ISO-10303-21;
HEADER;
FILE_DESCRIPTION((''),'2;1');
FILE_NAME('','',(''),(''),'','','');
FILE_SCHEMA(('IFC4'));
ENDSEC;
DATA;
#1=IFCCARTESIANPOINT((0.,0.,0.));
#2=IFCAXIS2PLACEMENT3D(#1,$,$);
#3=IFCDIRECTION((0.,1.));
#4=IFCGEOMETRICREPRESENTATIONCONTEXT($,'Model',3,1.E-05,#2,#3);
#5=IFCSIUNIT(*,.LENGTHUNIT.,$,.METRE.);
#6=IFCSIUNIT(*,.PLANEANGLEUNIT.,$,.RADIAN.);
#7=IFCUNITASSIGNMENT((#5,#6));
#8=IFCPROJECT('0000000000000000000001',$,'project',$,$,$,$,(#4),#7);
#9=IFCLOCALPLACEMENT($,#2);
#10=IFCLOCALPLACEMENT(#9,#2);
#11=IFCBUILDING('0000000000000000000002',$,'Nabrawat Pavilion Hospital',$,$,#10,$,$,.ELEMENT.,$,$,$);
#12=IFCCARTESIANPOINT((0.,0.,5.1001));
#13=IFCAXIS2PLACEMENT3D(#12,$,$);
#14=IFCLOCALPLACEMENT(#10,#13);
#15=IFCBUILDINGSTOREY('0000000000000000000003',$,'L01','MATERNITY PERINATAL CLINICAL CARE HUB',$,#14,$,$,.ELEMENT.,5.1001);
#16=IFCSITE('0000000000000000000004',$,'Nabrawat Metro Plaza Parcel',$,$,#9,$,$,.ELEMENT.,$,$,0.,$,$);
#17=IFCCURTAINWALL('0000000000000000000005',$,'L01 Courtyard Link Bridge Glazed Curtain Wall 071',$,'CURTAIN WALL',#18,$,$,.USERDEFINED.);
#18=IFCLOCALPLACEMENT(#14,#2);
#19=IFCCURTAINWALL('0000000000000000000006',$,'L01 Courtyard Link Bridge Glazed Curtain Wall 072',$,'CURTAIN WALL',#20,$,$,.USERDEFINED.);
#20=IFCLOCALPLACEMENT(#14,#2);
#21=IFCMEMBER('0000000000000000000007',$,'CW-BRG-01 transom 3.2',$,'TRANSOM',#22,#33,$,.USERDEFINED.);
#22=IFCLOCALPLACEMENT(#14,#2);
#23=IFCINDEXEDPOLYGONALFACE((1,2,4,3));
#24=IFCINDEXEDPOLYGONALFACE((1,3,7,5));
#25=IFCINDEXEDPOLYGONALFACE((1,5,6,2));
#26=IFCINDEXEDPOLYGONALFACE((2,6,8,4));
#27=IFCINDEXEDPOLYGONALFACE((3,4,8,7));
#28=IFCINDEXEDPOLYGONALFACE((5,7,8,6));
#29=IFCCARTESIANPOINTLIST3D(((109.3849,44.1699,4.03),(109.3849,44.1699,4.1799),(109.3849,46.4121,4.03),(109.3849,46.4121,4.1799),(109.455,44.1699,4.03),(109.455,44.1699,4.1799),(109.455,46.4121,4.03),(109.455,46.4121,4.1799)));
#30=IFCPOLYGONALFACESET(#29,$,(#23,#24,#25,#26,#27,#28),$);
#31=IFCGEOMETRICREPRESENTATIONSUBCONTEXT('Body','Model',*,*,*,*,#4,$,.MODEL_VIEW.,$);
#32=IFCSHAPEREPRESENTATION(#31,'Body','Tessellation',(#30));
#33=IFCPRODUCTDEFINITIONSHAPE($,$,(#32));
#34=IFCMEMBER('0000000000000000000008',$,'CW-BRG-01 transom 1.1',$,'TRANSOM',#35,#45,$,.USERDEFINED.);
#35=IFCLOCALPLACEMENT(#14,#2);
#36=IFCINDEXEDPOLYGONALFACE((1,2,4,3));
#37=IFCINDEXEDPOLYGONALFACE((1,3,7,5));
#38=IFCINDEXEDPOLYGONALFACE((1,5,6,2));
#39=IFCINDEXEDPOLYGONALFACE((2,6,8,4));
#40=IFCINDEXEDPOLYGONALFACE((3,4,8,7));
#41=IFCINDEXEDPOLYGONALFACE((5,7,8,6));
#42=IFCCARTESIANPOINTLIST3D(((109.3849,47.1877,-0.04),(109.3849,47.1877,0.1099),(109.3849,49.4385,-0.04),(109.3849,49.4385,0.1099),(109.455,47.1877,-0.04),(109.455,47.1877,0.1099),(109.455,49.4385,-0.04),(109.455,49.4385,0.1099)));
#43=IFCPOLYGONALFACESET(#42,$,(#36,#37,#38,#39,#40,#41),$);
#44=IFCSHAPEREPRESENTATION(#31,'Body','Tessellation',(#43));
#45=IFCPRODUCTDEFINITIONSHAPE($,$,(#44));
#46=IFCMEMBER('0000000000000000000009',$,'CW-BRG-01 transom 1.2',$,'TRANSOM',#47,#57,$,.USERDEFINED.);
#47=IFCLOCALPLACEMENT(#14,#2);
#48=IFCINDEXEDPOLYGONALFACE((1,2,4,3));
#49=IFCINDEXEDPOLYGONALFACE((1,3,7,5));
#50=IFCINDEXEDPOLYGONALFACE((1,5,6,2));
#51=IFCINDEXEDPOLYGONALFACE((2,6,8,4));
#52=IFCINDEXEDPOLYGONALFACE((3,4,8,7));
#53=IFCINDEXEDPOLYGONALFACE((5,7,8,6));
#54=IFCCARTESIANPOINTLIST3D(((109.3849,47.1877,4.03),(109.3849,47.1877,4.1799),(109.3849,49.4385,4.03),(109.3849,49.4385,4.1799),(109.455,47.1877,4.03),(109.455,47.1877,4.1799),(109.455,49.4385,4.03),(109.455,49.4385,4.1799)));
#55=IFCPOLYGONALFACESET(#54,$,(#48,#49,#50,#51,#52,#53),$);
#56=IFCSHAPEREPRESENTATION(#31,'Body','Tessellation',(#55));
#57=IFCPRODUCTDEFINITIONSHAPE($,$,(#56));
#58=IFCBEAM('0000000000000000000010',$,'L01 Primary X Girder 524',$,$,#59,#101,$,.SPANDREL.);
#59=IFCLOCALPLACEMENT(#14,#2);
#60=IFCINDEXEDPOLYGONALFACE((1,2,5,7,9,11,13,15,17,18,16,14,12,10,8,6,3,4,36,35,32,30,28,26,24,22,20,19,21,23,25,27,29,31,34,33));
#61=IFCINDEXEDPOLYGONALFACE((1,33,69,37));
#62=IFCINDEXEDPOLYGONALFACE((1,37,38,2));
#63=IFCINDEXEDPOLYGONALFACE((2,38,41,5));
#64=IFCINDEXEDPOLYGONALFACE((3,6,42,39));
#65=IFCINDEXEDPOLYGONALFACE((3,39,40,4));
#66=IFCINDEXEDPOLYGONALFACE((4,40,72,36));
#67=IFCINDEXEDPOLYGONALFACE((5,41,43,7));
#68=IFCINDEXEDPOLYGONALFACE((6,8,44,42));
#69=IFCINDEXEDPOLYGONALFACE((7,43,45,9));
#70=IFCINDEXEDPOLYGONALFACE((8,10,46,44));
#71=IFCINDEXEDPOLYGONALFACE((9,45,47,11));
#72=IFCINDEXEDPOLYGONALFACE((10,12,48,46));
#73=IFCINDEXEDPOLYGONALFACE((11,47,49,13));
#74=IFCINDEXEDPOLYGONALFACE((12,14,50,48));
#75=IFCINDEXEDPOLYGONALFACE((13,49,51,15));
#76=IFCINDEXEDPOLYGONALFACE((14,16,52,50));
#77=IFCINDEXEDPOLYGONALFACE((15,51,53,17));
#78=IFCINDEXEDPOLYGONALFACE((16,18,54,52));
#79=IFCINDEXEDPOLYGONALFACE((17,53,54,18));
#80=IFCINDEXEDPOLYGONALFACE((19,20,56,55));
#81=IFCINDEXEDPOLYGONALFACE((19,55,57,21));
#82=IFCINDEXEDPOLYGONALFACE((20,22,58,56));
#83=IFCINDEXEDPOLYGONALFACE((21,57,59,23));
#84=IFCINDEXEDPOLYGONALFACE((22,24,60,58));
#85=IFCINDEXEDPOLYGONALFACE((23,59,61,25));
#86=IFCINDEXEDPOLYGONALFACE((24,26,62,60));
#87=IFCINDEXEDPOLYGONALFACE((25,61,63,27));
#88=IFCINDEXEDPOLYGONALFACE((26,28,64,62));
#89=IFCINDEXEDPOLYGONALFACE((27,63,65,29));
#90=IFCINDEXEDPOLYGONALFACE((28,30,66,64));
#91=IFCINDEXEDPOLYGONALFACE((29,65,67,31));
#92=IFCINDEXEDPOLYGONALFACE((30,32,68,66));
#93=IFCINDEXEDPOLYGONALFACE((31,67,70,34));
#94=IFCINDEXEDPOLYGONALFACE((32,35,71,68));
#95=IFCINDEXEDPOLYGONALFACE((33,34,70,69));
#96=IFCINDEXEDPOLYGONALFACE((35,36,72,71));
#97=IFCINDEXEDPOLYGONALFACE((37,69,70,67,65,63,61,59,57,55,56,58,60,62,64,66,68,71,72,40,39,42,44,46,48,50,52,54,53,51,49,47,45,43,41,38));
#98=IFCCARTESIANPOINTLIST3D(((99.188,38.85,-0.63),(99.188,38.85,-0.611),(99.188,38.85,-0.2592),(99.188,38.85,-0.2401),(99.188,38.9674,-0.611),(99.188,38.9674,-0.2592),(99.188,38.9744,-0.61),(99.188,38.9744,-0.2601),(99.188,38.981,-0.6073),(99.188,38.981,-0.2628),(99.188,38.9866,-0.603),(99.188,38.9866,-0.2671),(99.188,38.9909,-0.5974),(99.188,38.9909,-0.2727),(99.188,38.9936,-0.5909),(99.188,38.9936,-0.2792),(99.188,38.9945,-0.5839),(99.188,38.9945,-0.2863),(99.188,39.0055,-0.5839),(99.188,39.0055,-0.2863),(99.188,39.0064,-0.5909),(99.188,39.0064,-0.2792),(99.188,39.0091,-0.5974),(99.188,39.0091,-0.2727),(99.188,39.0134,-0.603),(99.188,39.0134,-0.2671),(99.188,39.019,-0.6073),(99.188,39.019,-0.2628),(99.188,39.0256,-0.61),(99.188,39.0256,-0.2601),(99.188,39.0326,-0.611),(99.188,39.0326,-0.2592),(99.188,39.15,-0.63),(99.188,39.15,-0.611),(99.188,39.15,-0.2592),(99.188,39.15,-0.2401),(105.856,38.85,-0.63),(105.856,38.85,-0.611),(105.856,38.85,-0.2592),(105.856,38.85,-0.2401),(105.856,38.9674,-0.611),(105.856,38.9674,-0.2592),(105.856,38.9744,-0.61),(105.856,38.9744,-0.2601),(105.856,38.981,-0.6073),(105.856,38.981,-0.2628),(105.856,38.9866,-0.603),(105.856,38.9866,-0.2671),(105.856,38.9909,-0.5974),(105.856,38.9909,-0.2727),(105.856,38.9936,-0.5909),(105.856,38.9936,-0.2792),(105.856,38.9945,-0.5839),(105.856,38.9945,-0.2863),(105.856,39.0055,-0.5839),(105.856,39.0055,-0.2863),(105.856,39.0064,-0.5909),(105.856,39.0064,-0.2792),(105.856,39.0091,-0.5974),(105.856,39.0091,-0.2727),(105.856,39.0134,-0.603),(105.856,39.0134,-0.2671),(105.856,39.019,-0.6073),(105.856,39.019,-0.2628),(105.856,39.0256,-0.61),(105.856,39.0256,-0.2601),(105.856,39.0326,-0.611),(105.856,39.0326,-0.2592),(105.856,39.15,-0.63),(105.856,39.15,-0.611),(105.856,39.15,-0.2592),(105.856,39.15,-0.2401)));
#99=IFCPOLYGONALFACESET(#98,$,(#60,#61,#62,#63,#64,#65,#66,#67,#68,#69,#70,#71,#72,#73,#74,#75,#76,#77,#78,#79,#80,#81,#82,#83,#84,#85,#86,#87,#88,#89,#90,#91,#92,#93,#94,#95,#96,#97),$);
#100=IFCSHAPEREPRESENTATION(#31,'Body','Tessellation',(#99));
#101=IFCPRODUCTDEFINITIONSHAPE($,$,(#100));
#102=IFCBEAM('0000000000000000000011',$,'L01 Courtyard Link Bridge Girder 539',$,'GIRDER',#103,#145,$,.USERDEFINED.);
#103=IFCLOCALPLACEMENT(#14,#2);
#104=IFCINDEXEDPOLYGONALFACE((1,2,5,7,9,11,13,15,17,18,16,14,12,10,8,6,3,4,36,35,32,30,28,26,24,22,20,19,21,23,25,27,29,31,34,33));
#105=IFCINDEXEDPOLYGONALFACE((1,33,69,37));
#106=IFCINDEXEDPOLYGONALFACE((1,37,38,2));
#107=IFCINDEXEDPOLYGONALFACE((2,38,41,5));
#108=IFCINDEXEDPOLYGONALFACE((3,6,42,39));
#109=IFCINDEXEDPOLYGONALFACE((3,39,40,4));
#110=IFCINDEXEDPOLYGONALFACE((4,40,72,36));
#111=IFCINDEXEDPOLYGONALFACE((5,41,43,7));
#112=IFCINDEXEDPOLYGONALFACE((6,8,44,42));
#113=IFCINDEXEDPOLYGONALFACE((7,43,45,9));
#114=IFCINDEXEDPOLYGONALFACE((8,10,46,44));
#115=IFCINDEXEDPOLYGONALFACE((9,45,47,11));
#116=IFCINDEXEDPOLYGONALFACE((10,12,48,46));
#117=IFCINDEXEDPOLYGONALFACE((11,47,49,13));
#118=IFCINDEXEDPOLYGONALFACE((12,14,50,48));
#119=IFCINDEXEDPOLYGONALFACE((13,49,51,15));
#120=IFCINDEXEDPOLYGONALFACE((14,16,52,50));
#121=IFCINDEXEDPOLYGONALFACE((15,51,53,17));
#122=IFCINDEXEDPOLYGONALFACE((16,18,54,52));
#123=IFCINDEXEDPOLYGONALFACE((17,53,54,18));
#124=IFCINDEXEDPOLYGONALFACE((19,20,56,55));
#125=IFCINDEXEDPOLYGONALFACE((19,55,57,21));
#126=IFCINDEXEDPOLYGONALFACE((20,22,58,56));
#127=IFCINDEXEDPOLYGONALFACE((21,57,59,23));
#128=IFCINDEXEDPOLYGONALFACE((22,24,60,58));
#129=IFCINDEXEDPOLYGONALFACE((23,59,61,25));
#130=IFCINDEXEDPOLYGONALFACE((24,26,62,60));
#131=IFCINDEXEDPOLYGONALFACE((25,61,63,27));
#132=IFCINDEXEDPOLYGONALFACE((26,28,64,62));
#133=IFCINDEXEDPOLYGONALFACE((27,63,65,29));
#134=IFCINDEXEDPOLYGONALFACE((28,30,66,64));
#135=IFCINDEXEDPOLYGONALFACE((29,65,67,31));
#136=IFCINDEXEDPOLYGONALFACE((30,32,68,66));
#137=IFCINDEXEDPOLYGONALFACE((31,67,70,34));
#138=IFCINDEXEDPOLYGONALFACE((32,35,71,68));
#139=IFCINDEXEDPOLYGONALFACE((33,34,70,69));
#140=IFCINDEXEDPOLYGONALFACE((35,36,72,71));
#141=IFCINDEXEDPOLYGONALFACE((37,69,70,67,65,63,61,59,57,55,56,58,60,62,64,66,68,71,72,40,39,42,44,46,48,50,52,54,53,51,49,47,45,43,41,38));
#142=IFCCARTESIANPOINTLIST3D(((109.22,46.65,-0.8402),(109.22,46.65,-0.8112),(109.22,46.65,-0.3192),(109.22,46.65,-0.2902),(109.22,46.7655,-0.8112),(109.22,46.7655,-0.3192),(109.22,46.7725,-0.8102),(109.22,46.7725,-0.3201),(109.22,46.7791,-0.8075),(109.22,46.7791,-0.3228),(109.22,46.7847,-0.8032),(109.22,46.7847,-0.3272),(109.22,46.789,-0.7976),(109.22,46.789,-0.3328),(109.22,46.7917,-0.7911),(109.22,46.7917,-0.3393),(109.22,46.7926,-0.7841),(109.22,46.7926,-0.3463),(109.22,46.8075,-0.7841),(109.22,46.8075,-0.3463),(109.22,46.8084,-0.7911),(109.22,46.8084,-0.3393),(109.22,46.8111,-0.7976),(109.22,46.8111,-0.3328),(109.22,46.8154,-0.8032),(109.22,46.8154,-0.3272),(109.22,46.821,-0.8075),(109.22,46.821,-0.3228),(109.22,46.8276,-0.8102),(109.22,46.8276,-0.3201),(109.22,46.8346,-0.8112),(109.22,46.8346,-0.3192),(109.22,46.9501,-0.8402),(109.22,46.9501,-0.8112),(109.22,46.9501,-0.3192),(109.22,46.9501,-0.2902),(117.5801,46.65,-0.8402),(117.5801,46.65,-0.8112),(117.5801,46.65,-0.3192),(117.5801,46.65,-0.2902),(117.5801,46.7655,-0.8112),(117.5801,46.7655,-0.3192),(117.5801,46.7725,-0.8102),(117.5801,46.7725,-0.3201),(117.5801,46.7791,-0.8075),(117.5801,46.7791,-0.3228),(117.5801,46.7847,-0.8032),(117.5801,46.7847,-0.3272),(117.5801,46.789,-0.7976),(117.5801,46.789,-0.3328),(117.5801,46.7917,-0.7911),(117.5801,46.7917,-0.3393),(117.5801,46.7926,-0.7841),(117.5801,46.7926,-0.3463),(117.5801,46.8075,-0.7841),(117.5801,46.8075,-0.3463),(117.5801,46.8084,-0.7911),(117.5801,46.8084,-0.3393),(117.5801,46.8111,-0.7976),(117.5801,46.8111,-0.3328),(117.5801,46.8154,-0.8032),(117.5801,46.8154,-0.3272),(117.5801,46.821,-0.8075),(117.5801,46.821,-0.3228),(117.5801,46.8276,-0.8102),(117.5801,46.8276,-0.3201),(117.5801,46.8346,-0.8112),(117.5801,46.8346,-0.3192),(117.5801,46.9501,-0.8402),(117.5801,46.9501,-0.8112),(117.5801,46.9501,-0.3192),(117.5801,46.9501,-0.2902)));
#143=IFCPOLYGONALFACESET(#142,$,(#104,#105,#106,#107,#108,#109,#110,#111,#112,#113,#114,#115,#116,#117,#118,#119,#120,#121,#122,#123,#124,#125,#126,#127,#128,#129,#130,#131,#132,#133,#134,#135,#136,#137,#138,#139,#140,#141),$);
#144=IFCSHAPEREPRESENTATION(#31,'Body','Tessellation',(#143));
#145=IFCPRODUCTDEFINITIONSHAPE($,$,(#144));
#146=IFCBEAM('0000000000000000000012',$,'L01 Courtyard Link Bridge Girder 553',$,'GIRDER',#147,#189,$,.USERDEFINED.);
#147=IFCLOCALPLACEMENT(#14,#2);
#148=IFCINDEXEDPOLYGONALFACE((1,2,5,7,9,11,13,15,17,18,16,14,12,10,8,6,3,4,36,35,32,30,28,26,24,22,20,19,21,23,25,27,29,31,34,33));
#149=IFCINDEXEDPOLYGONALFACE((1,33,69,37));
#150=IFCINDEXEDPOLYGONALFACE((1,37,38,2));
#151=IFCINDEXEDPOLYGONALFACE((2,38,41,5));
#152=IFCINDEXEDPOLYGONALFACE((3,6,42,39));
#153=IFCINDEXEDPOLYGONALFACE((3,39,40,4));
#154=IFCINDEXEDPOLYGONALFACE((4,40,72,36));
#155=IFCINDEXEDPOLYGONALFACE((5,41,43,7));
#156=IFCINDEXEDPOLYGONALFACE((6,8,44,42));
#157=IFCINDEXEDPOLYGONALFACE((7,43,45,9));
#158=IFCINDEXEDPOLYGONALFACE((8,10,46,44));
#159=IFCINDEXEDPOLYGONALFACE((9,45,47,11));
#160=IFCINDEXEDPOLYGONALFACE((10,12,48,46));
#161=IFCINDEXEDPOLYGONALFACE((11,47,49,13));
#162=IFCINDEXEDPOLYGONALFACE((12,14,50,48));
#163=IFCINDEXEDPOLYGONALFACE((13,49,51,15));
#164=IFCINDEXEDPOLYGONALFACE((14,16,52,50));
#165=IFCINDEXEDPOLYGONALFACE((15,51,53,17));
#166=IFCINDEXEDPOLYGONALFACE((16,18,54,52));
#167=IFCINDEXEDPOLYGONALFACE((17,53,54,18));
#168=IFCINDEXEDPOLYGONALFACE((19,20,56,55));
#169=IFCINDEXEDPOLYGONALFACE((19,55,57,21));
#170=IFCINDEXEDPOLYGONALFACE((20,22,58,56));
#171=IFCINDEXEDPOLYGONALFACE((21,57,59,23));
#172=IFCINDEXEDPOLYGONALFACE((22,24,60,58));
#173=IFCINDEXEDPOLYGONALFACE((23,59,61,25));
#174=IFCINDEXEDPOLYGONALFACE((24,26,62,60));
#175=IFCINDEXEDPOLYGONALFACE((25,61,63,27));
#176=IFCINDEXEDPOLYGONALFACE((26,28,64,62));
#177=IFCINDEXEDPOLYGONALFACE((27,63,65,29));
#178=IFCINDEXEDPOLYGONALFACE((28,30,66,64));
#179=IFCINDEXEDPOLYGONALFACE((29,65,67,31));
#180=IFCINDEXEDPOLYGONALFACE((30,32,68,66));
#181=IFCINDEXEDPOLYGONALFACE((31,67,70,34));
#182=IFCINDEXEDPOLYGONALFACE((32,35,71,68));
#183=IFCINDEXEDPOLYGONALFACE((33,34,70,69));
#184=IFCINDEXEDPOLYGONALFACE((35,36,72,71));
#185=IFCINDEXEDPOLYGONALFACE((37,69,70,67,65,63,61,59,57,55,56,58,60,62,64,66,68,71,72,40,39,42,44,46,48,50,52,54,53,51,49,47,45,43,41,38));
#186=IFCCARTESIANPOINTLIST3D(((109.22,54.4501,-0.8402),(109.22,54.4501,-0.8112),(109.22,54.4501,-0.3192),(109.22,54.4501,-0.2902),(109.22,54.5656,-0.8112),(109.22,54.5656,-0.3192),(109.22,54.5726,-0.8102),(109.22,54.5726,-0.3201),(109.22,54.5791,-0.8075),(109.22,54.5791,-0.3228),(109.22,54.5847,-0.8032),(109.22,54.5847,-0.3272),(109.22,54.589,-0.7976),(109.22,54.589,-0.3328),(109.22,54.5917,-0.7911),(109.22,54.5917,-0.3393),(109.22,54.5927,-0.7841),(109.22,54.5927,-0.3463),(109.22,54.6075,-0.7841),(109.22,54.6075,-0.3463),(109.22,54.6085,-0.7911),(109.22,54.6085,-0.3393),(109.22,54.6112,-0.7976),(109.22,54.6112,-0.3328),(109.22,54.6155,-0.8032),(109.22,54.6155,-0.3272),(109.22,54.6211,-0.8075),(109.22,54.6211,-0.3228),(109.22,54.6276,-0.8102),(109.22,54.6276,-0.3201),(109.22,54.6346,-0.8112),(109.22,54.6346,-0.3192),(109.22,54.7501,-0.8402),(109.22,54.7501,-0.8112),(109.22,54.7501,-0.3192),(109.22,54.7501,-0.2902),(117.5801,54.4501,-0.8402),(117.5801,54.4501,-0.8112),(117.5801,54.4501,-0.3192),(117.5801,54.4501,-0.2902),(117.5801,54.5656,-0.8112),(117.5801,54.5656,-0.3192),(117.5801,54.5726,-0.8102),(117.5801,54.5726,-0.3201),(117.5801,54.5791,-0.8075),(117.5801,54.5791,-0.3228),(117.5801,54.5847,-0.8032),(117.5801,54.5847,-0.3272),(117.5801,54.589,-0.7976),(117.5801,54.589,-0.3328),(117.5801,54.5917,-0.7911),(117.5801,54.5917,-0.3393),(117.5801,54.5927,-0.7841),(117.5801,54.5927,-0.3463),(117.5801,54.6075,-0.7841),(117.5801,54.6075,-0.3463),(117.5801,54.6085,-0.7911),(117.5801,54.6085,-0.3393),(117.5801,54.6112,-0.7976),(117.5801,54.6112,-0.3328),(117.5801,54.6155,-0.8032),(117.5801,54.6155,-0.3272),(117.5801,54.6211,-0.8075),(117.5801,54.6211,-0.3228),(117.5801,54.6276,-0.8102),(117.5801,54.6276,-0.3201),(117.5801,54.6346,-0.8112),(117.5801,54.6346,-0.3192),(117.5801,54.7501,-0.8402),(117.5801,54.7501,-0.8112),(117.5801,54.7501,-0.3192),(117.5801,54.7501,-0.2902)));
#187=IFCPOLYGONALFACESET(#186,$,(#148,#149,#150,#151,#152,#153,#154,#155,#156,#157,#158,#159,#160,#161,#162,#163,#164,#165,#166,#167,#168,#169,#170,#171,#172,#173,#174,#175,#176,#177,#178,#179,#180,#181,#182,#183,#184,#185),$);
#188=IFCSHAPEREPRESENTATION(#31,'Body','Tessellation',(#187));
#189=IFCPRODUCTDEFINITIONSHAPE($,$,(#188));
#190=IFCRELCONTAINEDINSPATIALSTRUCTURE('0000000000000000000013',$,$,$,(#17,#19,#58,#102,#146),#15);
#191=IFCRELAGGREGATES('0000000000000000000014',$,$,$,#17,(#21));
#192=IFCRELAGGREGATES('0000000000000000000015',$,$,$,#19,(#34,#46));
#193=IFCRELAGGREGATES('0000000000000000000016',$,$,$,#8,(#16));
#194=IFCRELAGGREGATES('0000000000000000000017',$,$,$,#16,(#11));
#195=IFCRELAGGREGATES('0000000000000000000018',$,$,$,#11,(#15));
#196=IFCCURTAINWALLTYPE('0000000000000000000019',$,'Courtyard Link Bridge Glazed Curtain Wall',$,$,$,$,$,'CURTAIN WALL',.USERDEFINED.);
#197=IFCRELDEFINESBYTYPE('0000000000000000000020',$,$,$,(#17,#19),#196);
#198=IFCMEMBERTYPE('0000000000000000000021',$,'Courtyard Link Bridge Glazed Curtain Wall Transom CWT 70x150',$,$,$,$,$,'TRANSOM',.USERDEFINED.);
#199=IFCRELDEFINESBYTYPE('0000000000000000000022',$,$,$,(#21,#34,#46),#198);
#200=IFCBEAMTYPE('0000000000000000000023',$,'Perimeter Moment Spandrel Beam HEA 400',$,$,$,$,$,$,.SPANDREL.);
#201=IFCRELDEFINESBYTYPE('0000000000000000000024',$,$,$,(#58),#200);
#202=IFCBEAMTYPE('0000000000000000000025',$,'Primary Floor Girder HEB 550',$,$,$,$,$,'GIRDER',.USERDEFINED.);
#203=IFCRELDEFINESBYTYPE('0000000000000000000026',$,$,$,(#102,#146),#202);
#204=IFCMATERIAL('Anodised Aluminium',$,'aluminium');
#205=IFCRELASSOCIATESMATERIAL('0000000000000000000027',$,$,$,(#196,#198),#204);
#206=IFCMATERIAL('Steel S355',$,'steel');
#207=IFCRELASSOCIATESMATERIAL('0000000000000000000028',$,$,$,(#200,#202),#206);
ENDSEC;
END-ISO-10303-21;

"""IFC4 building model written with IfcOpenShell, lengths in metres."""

from ifc_helpers import new_model, si_unit, direction, frame, origin, origin_2d, place, context, subcontext, project, spatial, rectangle, i_section, extrude, material, material_profile, profile_set, type_object, element, aggregate, save


model = new_model("IFC4")

# Units and contexts
model_context = context("Model", 3, precision=1e-05, world=origin(), true_north=direction((0.0, 1.0)))
body_context = subcontext(model_context, "Body", "Model", "MODEL_VIEW")
ifc_project = project(units=[si_unit("LENGTHUNIT", "METRE"), si_unit("PLANEANGLEUNIT", "RADIAN")], contexts=[model_context])

# Site, building, storey
site_placement = place(None, origin())
site = spatial("IfcSite", under=ifc_project, at=site_placement, Name="Nabrawat Metro Plaza Parcel", CompositionType="ELEMENT", RefElevation=0.0)
building_placement = place(site_placement, origin())
building = spatial("IfcBuilding", under=site, at=building_placement, Name="Nabrawat Pavilion Hospital", CompositionType="ELEMENT")
storey_placement = place(building_placement, frame((0.0, 0.0, 5.1001)))
storey = spatial("IfcBuildingStorey", under=building, at=storey_placement, Name="L01", Description="MATERNITY PERINATAL CLINICAL CARE HUB", CompositionType="ELEMENT", Elevation=5.1001)

# Shared definitions
ifc_material_1 = material(Name="Steel S355", Category="steel")

# Curtain walls
ifc_material_2 = material(Name="Anodised Aluminium", Category="aluminium")
curtain_wall_type = type_object("IfcCurtainWallType", Name="Courtyard Link Bridge Glazed Curtain Wall", ElementType="CURTAIN WALL", PredefinedType="USERDEFINED", material=ifc_material_2)
curtain_wall_1_placement = place(storey_placement, origin())
curtain_wall_1 = element("IfcCurtainWall", 1, at=curtain_wall_1_placement, inside=storey, type_object=curtain_wall_type, Name="L01 Courtyard Link Bridge Glazed Curtain Wall 071", ObjectType="CURTAIN WALL", PredefinedType="USERDEFINED")
curtain_wall_2_placement = place(storey_placement, origin())
curtain_wall_2 = element("IfcCurtainWall", 2, at=curtain_wall_2_placement, inside=storey, type_object=curtain_wall_type, Name="L01 Courtyard Link Bridge Glazed Curtain Wall 072", ObjectType="CURTAIN WALL", PredefinedType="USERDEFINED")

# Members
ifc_material_profile_1 = material_profile(ifc_material_2, rectangle(XDim=0.0701, YDim=0.1499, at=origin_2d()), Name="CWT 70x150")
ifc_profile_set_1 = profile_set([ifc_material_profile_1], Name="Anodised Aluminium")
member_type_1 = type_object("IfcMemberType", Name="Courtyard Link Bridge Glazed Curtain Wall Transom CWT 70x150", ElementType="TRANSOM", PredefinedType="USERDEFINED", material=ifc_profile_set_1)
member_1_placement = place(storey_placement, frame((109.4199, 44.1699, 4.105), z_axis=(0.0, 1.0, 0.0), x_axis=(-1.0, 0.0, 0.0)))
member_1 = element("IfcMember", 3, at=member_1_placement, type_object=member_type_1, Name="CW-BRG-01 transom 3.2", ObjectType="TRANSOM", PredefinedType="USERDEFINED", context=body_context, shape_type="SweptSolid", body=[
    extrude(rectangle(XDim=0.0701, YDim=0.1499, at=origin_2d()), origin(), (0.0, 0.0, 1.0), 2.2422),
])
member_2_placement = place(storey_placement, frame((109.4199, 47.1877, 0.0349), z_axis=(0.0, 1.0, 0.0), x_axis=(-1.0, 0.0, 0.0)))
member_2 = element("IfcMember", 4, at=member_2_placement, type_object=member_type_1, Name="CW-BRG-01 transom 1.1", ObjectType="TRANSOM", PredefinedType="USERDEFINED", context=body_context, shape_type="SweptSolid", body=[
    extrude(rectangle(XDim=0.0701, YDim=0.1499, at=origin_2d()), origin(), (0.0, 0.0, 1.0), 2.2507),
])
member_3_placement = place(storey_placement, frame((109.4199, 47.1877, 4.105), z_axis=(0.0, 1.0, 0.0), x_axis=(-1.0, 0.0, 0.0)))
member_3 = element("IfcMember", 5, at=member_3_placement, type_object=member_type_1, Name="CW-BRG-01 transom 1.2", ObjectType="TRANSOM", PredefinedType="USERDEFINED", context=body_context, shape_type="SweptSolid", body=[
    extrude(rectangle(XDim=0.0701, YDim=0.1499, at=origin_2d()), origin(), (0.0, 0.0, 1.0), 2.2507),
])

# Beams
ifc_material_profile_2 = material_profile(ifc_material_1, i_section(OverallWidth=0.3, OverallDepth=0.3899, WebThickness=0.011, FlangeThickness=0.019, FilletRadius=0.0271, at=origin_2d()), Name="HEA 400")
ifc_profile_set_2 = profile_set([ifc_material_profile_2], Name="Steel S355")
beam_type_1 = type_object("IfcBeamType", Name="Perimeter Moment Spandrel Beam HEA 400", PredefinedType="SPANDREL", material=ifc_profile_set_2)
beam_1_placement = place(storey_placement, frame((99.188, 39.0, -0.4351), z_axis=(1.0, 0.0, 0.0), x_axis=(0.0, 1.0, 0.0)))
element("IfcBeam", 6, at=beam_1_placement, inside=storey, type_object=beam_type_1, Name="L01 Primary X Girder 524", PredefinedType="SPANDREL", context=body_context, shape_type="SweptSolid", body=[
    extrude(i_section(OverallWidth=0.3, OverallDepth=0.3899, WebThickness=0.011, FlangeThickness=0.019, FilletRadius=0.0271, at=origin_2d()), origin(), (0.0, 0.0, 1.0), 6.668),
])
ifc_material_profile_3 = material_profile(ifc_material_1, i_section(OverallWidth=0.3, OverallDepth=0.55, WebThickness=0.0149, FlangeThickness=0.0291, FilletRadius=0.0271, at=origin_2d()), Name="HEB 550")
ifc_profile_set_3 = profile_set([ifc_material_profile_3], Name="Steel S355")
beam_type_2 = type_object("IfcBeamType", Name="Primary Floor Girder HEB 550", ElementType="GIRDER", PredefinedType="USERDEFINED", material=ifc_profile_set_3)
for number, where, z_axis, x_axis, name in (
    (7, (109.22, 46.8, -0.5652), (1.0, 0.0, 0.0), (0.0, 1.0, 0.0), "L01 Courtyard Link Bridge Girder 539"),
    (8, (109.22, 54.6001, -0.5652), (1.0, 0.0, 0.0), (0.0, 1.0, 0.0), "L01 Courtyard Link Bridge Girder 553"),
):
    element("IfcBeam", number, at=place(storey_placement, frame(where, z_axis=z_axis, x_axis=x_axis)), inside=storey, type_object=beam_type_2, Name=name, ObjectType="GIRDER", PredefinedType="USERDEFINED", context=body_context, shape_type="SweptSolid", body=[
        extrude(i_section(OverallWidth=0.3, OverallDepth=0.55, WebThickness=0.0149, FlangeThickness=0.0291, FilletRadius=0.0271, at=origin_2d()), origin(), (0.0, 0.0, 1.0), 8.3601),
    ])

aggregate(curtain_wall_1, [member_1])
aggregate(curtain_wall_2, [member_2, member_3])

save(model, "model.ifc")
